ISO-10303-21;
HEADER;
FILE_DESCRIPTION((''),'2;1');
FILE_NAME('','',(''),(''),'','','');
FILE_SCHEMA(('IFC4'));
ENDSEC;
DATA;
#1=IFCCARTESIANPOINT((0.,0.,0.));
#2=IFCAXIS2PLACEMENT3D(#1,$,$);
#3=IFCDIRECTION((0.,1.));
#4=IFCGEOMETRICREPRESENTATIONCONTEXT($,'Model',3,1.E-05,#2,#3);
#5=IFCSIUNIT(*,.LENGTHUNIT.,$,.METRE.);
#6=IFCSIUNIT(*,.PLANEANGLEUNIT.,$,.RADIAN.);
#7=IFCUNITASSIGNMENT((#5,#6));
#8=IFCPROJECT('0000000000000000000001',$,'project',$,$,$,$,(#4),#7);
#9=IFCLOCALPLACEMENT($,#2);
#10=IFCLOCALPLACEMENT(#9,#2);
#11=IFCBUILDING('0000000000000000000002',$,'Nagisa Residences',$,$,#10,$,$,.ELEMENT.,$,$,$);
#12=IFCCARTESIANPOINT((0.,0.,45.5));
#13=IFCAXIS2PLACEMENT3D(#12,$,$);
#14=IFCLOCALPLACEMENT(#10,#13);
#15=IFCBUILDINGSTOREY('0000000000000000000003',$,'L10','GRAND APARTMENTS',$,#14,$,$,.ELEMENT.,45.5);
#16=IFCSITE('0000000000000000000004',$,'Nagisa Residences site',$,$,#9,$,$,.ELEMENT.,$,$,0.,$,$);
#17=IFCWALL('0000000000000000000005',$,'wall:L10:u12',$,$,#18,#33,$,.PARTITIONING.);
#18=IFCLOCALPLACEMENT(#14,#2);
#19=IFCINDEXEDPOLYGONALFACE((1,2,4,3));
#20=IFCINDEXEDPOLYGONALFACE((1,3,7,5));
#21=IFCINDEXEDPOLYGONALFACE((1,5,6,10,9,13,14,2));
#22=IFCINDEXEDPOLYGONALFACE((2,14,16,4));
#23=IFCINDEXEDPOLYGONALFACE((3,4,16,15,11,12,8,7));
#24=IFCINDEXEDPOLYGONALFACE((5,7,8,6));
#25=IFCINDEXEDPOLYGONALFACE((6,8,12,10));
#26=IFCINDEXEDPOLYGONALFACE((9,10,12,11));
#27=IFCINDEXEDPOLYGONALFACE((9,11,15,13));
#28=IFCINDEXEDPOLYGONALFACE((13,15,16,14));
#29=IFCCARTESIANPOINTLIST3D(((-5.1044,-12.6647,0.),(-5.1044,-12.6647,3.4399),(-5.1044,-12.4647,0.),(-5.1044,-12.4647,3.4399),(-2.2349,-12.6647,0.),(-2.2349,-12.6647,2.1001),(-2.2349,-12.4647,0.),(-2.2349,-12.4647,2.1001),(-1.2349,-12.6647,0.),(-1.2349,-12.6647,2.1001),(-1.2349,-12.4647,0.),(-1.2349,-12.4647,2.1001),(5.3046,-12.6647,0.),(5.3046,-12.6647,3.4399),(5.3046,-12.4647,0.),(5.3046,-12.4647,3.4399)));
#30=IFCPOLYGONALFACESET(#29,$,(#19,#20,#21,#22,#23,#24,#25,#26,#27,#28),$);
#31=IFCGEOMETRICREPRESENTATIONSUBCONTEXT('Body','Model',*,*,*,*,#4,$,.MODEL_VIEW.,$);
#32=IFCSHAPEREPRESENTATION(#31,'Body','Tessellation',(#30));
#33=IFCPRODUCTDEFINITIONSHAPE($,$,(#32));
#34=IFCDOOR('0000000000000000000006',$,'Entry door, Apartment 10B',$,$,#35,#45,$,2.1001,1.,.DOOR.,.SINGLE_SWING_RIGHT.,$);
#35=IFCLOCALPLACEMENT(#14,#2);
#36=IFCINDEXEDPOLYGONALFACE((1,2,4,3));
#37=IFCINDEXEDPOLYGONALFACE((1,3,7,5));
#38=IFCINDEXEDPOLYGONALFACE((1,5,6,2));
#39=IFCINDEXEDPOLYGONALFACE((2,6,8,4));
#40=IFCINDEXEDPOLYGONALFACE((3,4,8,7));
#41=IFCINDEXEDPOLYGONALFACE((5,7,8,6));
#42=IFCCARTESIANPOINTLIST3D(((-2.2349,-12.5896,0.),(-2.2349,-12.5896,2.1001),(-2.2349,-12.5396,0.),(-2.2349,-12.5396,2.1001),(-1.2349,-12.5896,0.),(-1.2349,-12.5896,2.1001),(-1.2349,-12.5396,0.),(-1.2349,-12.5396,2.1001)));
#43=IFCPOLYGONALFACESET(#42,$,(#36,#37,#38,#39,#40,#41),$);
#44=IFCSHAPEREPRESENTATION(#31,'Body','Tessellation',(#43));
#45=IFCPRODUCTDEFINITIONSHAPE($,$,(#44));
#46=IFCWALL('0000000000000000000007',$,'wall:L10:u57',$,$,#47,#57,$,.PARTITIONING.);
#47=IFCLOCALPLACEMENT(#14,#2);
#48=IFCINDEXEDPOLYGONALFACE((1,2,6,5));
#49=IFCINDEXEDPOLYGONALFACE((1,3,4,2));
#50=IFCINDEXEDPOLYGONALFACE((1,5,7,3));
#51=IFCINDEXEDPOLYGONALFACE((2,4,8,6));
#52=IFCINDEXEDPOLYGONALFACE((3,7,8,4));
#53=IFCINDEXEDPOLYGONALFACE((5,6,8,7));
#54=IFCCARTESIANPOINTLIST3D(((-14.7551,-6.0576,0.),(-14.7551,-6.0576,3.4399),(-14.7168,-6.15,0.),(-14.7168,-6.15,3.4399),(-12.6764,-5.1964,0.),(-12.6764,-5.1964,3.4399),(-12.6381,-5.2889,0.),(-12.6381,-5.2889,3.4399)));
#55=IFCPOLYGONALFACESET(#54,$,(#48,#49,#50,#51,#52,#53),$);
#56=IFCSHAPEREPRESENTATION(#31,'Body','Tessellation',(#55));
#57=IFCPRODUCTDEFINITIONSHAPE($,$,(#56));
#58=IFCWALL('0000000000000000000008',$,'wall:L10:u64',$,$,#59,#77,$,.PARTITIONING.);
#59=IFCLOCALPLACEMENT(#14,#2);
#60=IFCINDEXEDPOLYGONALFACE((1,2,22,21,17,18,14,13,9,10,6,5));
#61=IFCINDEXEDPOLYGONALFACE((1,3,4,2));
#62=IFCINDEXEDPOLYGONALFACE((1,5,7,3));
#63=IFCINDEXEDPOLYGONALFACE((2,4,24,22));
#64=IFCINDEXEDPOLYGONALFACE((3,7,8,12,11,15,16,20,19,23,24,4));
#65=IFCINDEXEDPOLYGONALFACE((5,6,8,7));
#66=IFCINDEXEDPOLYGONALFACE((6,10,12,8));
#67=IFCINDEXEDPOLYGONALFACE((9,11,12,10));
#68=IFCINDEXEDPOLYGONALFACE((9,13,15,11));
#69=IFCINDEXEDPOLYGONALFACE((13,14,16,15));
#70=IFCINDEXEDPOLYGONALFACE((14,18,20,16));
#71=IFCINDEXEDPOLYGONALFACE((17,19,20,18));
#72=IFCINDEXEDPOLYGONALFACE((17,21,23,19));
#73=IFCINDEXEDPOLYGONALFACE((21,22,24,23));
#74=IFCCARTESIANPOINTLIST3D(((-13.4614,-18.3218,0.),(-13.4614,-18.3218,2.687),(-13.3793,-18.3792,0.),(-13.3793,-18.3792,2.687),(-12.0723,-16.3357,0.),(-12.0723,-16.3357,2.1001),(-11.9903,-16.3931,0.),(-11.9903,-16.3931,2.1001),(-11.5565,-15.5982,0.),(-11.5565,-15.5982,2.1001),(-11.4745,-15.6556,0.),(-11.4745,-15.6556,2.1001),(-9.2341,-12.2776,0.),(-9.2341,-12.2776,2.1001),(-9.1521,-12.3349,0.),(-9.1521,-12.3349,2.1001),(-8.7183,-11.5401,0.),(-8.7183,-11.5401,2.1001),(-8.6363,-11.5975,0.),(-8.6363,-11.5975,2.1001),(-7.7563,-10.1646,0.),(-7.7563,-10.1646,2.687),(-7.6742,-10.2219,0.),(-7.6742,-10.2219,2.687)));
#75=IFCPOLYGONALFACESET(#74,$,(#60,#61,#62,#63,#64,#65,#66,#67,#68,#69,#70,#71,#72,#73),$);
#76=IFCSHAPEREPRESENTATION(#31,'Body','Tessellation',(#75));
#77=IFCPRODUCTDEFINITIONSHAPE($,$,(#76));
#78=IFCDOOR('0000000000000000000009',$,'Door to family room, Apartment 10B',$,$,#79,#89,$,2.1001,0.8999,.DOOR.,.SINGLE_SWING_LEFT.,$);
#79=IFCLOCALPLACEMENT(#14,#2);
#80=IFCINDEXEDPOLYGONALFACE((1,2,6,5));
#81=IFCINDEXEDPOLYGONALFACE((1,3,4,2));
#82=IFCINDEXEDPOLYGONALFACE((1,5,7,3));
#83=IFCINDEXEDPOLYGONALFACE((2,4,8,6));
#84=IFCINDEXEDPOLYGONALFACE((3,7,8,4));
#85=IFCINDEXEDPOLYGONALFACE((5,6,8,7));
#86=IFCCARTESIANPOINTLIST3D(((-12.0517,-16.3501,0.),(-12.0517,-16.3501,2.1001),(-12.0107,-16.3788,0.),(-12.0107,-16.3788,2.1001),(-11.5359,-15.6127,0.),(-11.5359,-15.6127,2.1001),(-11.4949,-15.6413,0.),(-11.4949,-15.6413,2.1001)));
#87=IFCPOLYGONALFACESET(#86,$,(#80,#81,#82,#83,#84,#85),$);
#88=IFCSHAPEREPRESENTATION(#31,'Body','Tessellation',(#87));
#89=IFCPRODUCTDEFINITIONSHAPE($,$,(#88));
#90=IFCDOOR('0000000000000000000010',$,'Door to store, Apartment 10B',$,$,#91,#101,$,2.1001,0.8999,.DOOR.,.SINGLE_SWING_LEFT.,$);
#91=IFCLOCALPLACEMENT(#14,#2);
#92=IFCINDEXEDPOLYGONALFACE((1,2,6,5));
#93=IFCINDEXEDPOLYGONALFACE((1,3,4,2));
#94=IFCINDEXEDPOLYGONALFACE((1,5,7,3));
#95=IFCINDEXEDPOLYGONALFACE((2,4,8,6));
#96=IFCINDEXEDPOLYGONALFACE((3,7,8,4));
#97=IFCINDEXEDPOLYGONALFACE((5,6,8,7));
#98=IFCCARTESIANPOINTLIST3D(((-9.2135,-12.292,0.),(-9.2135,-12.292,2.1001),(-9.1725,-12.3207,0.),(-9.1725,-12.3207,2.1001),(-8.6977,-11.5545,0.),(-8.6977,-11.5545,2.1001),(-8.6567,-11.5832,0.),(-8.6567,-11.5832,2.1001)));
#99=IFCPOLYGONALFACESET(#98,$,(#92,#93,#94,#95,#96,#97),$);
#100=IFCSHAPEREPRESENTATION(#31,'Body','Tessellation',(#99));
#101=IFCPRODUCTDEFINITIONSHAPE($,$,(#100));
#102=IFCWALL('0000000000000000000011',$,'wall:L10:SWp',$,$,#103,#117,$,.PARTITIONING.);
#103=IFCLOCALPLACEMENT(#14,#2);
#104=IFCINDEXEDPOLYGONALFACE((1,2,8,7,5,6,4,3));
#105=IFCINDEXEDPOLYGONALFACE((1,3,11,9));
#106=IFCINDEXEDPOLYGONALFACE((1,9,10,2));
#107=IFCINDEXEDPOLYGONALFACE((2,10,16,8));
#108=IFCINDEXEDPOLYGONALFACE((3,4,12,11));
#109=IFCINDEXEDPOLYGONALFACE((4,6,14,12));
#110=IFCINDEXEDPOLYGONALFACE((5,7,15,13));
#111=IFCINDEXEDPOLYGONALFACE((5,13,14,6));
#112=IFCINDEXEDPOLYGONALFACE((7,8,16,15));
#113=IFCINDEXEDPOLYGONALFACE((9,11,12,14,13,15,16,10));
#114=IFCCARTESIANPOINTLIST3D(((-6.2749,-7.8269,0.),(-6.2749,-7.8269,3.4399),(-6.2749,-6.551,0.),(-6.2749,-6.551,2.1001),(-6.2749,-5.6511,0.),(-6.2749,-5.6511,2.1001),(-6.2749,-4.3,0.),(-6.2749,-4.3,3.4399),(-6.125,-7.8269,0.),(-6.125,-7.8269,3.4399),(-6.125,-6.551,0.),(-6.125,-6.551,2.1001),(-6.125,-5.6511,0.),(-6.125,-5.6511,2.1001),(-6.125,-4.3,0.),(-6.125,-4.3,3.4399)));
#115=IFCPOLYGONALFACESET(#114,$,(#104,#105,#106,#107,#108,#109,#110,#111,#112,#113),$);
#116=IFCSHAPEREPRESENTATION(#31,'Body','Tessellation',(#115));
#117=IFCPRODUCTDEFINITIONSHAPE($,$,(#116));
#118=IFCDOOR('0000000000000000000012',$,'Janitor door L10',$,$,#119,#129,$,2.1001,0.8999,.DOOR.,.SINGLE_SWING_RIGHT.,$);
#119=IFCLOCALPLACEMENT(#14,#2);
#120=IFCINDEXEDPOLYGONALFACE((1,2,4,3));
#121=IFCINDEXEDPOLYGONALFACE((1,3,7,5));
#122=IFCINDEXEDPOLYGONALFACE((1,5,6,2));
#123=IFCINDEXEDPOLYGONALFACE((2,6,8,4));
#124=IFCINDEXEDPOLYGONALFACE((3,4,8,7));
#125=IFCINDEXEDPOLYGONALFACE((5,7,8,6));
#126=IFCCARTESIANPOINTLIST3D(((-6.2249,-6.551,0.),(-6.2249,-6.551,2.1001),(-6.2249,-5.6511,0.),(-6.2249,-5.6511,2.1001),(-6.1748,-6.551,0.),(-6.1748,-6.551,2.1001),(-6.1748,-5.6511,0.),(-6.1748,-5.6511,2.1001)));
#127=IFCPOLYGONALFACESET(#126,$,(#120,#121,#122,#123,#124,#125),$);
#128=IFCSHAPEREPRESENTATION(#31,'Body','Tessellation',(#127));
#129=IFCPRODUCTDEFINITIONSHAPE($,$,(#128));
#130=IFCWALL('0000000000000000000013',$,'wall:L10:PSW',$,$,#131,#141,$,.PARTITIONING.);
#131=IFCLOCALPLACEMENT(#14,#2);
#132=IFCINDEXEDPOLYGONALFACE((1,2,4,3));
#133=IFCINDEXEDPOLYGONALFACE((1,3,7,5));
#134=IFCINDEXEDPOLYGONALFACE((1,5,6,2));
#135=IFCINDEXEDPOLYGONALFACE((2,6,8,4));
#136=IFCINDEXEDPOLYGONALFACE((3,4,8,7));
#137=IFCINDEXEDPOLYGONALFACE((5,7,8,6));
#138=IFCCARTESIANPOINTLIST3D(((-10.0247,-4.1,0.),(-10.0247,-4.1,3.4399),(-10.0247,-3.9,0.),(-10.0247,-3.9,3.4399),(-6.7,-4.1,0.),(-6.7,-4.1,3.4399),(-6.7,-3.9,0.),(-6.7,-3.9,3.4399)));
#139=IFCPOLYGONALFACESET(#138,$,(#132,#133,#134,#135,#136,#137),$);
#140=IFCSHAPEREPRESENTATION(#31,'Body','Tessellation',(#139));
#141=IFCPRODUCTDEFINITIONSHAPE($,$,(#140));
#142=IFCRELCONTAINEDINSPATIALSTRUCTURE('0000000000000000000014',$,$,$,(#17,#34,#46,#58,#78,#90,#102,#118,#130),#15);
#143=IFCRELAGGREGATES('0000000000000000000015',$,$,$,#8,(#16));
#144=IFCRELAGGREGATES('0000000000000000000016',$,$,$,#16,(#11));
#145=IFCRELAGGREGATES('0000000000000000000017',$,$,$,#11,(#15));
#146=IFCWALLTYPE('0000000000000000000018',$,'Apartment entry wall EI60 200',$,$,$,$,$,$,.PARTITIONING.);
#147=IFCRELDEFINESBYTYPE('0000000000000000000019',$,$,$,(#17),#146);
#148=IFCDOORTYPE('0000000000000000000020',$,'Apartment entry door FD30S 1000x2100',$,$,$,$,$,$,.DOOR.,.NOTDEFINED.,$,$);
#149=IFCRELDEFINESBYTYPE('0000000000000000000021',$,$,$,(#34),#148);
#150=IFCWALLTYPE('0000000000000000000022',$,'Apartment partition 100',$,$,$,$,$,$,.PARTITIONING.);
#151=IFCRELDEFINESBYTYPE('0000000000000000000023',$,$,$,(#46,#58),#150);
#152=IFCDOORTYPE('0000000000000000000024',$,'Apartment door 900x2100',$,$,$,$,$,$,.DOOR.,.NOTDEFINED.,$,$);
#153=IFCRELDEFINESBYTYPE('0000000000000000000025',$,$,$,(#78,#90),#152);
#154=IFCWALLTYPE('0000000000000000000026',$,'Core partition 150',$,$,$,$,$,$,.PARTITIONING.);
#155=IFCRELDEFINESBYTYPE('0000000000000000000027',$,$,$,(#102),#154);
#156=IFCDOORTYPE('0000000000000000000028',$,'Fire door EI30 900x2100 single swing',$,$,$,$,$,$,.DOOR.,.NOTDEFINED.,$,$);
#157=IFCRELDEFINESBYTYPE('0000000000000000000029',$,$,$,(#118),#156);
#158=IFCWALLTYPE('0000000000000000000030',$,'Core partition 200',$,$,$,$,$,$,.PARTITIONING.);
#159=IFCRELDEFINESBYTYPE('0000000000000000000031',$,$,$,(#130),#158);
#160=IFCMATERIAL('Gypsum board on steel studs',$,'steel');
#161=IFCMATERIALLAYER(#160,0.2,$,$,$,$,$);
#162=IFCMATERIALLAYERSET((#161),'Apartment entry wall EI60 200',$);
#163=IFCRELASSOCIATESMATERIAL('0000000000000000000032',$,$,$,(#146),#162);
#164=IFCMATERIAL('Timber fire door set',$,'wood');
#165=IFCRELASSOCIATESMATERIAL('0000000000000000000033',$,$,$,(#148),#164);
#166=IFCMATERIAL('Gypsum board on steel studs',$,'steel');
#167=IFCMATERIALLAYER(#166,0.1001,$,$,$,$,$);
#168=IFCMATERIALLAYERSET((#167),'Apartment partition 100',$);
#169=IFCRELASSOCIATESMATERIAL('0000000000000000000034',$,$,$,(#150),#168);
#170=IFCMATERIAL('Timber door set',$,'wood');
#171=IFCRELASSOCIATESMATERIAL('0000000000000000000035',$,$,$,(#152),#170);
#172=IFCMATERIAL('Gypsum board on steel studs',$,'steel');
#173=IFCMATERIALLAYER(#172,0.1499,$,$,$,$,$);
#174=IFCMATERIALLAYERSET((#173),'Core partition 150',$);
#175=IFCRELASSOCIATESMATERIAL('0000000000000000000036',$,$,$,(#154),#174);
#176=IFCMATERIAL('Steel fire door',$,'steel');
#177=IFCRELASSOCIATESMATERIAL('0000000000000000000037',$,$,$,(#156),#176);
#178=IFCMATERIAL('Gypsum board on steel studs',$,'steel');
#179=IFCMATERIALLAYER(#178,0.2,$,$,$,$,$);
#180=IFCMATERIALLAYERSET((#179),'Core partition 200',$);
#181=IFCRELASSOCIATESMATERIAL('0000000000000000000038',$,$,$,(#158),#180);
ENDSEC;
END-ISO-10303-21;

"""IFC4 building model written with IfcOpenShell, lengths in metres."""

from ifc_helpers import new_model, si_unit, direction, frame, frame_2d, origin, place, context, subcontext, project, spatial, rectangle, extrude, material, layer, layer_set, type_object, element, fill, save


model = new_model("IFC4")

# Units and contexts
model_context = context("Model", 3, precision=1e-05, world=origin(), true_north=direction((0.0, 1.0)))
body_context = subcontext(model_context, "Body", "Model", "MODEL_VIEW")
ifc_project = project(units=[si_unit("LENGTHUNIT", "METRE"), si_unit("PLANEANGLEUNIT", "RADIAN")], contexts=[model_context])

# Site, building, storey
site_placement = place(None, origin())
site = spatial("IfcSite", under=ifc_project, at=site_placement, Name="Nagisa Residences site", CompositionType="ELEMENT", RefElevation=0.0)
building_placement = place(site_placement, origin())
building = spatial("IfcBuilding", under=site, at=building_placement, Name="Nagisa Residences", CompositionType="ELEMENT")
storey_placement = place(building_placement, frame((0.0, 0.0, 45.5)))
storey = spatial("IfcBuildingStorey", under=building, at=storey_placement, Name="L10", Description="GRAND APARTMENTS", CompositionType="ELEMENT", Elevation=45.5)

# Shared definitions
ifc_material_1 = material(Name="Gypsum board on steel studs", Category="steel")
ifc_layer_1 = layer(ifc_material_1, 0.2)
ifc_layer_set_1 = layer_set([ifc_layer_1], Name="Apartment entry wall EI60 200")
wall_type_1 = type_object("IfcWallType", Name="Apartment entry wall EI60 200", PredefinedType="PARTITIONING", material=ifc_layer_set_1)

# Wall, opening, door
wall_1_placement = place(storey_placement, frame((-5.1045, -12.5647, 0.0), z_axis=(0.0, 0.0, 1.0), x_axis=(1.0, 0.0, 0.0)))
wall_1 = element("IfcWall", 1, at=wall_1_placement, inside=storey, type_object=wall_type_1, Name="wall:L10:u12", PredefinedType="PARTITIONING", context=body_context, shape_type="SweptSolid", body=[
    extrude(rectangle(XDim=10.4089, YDim=0.2, at=frame_2d((5.2046, 0.0))), origin(), (0.0, 0.0, 1.0), 3.4399),
])
opening_1_placement = place(wall_1_placement, frame((2.8696, 0.0, 0.0)))
opening_1 = element("IfcOpeningElement", 2, at=opening_1_placement, cuts=wall_1, PredefinedType="OPENING", context=body_context, shape_type="SweptSolid", body=[
    extrude(rectangle(XDim=1.0, YDim=2.1001, at=frame_2d((0.5, 1.05))), frame((0.0, 0.1099, 0.0), z_axis=(0.0, -1.0, 0.0), x_axis=(1.0, 0.0, 0.0)), (0.0, 0.0, 1.0), 0.22),
])
ifc_material_2 = material(Name="Timber fire door set", Category="wood")
door_type_1 = type_object("IfcDoorType", Name="Apartment entry door FD30S 1000x2100", OperationType="NOTDEFINED", PredefinedType="DOOR", material=ifc_material_2)
door_1_placement = place(opening_1_placement, frame((1.0, 0.0, 0.0), x_axis=(-1.0, 0.0, 0.0)))
door_1 = element("IfcDoor", 3, at=door_1_placement, inside=storey, type_object=door_type_1, Name="Entry door, Apartment 10B", OperationType="SINGLE_SWING_RIGHT", OverallHeight=2.1001, OverallWidth=1.0, PredefinedType="DOOR", context=body_context, shape_type="SweptSolid", body=[
    extrude(rectangle(XDim=1.0, YDim=2.1001, at=frame_2d((0.5, 1.05))), frame((0.0, 0.0249, 0.0), z_axis=(0.0, -1.0, 0.0), x_axis=(1.0, 0.0, 0.0)), (0.0, 0.0, 1.0), 0.05),
])
fill(opening_1, door_1)

# Wall
ifc_material_3 = material(Name="Gypsum board on steel studs", Category="steel")
ifc_layer_2 = layer(ifc_material_3, 0.1001)
ifc_layer_set_2 = layer_set([ifc_layer_2], Name="Apartment partition 100")
wall_type_2 = type_object("IfcWallType", Name="Apartment partition 100", PredefinedType="PARTITIONING", material=ifc_layer_set_2)
wall_2_placement = place(storey_placement, frame((-12.6572, -5.2427, 0.0), z_axis=(0.0, 0.0, 1.0), x_axis=(-0.923865, -0.382719, 0.0)))
element("IfcWall", 4, at=wall_2_placement, inside=storey, type_object=wall_type_2, Name="wall:L10:u57", PredefinedType="PARTITIONING", context=body_context, shape_type="SweptSolid", body=[
    extrude(rectangle(XDim=2.25, YDim=0.1001, at=frame_2d((1.125, 0.0))), origin(), (0.0, 0.0, 1.0), 3.4399),
])

# Wall, openings, doors
wall_3_placement = place(storey_placement, frame((-7.7153, -10.1934, 0.0), z_axis=(0.0, 0.0, 1.0), x_axis=(-0.573127, -0.819467, 0.0)))
wall_3 = element("IfcWall", 5, at=wall_3_placement, inside=storey, type_object=wall_type_2, Name="wall:L10:u64", PredefinedType="PARTITIONING", context=body_context, shape_type="SweptSolid", body=[
    extrude(rectangle(XDim=9.9543, YDim=0.1001, at=frame_2d((4.9771, 0.0))), origin(), (0.0, 0.0, 1.0), 2.687),
])
opening_2_placement = place(wall_3_placement, frame((6.6306, 0.0, 0.0)))
opening_2 = element("IfcOpeningElement", 6, at=opening_2_placement, cuts=wall_3, PredefinedType="OPENING", context=body_context, shape_type="SweptSolid", body=[
    extrude(rectangle(XDim=0.8999, YDim=2.1001, at=frame_2d((0.45, 1.05))), frame((0.0, 0.0601, 0.0), z_axis=(0.0, -1.0, 0.0), x_axis=(1.0, 0.0, 0.0)), (0.0, 0.0, 1.0), 0.1201),
])
opening_3_placement = place(wall_3_placement, frame((1.6785, 0.0, 0.0)))
opening_3 = element("IfcOpeningElement", 7, at=opening_3_placement, cuts=wall_3, PredefinedType="OPENING", context=body_context, shape_type="SweptSolid", body=[
    extrude(rectangle(XDim=0.8999, YDim=2.1001, at=frame_2d((0.45, 1.05))), frame((0.0, 0.0601, 0.0), z_axis=(0.0, -1.0, 0.0), x_axis=(1.0, 0.0, 0.0)), (0.0, 0.0, 1.0), 0.1201),
])
ifc_material_4 = material(Name="Timber door set", Category="wood")
door_type_2 = type_object("IfcDoorType", Name="Apartment door 900x2100", OperationType="NOTDEFINED", PredefinedType="DOOR", material=ifc_material_4)
door_2_placement = place(opening_2_placement, frame((0.8999, 0.0, 0.0), x_axis=(-1.0, 0.0, 0.0)))
door_2 = element("IfcDoor", 8, at=door_2_placement, inside=storey, type_object=door_type_2, Name="Door to family room, Apartment 10B", OperationType="SINGLE_SWING_LEFT", OverallHeight=2.1001, OverallWidth=0.8999, PredefinedType="DOOR", context=body_context, shape_type="SweptSolid", body=[
    extrude(rectangle(XDim=0.8999, YDim=2.1001, at=frame_2d((0.45, 1.05))), frame((0.0, 0.0249, 0.0), z_axis=(0.0, -1.0, 0.0), x_axis=(1.0, 0.0, 0.0)), (0.0, 0.0, 1.0), 0.05),
])
fill(opening_2, door_2)
door_3_placement = place(opening_3_placement, frame((0.8999, 0.0, 0.0), x_axis=(-1.0, 0.0, 0.0)))
door_3 = element("IfcDoor", 9, at=door_3_placement, inside=storey, type_object=door_type_2, Name="Door to store, Apartment 10B", OperationType="SINGLE_SWING_LEFT", OverallHeight=2.1001, OverallWidth=0.8999, PredefinedType="DOOR", context=body_context, shape_type="SweptSolid", body=[
    extrude(rectangle(XDim=0.8999, YDim=2.1001, at=frame_2d((0.45, 1.05))), frame((0.0, 0.0249, 0.0), z_axis=(0.0, -1.0, 0.0), x_axis=(1.0, 0.0, 0.0)), (0.0, 0.0, 1.0), 0.05),
])
fill(opening_3, door_3)

# Wall, opening, door
ifc_material_5 = material(Name="Gypsum board on steel studs", Category="steel")
ifc_layer_3 = layer(ifc_material_5, 0.1499)
ifc_layer_set_3 = layer_set([ifc_layer_3], Name="Core partition 150")
wall_type_3 = type_object("IfcWallType", Name="Core partition 150", PredefinedType="PARTITIONING", material=ifc_layer_set_3)
wall_4_placement = place(storey_placement, frame((-6.2, -7.8269, 0.0), z_axis=(0.0, 0.0, 1.0), x_axis=(0.0, 1.0, 0.0)))
wall_4 = element("IfcWall", 10, at=wall_4_placement, inside=storey, type_object=wall_type_3, Name="wall:L10:SWp", PredefinedType="PARTITIONING", context=body_context, shape_type="SweptSolid", body=[
    extrude(rectangle(XDim=3.5269, YDim=0.1499, at=frame_2d((1.7634, 0.0))), origin(), (0.0, 0.0, 1.0), 3.4399),
])
opening_4_placement = place(wall_4_placement, frame((1.2759, 0.0, 0.0)))
opening_4 = element("IfcOpeningElement", 11, at=opening_4_placement, cuts=wall_4, PredefinedType="OPENING", context=body_context, shape_type="SweptSolid", body=[
    extrude(rectangle(XDim=0.8999, YDim=2.1001, at=frame_2d((0.45, 1.05))), frame((0.0, 0.085, 0.0), z_axis=(0.0, -1.0, 0.0), x_axis=(1.0, 0.0, 0.0)), (0.0, 0.0, 1.0), 0.1699),
])
ifc_material_6 = material(Name="Steel fire door", Category="steel")
door_type_3 = type_object("IfcDoorType", Name="Fire door EI30 900x2100 single swing", OperationType="NOTDEFINED", PredefinedType="DOOR", material=ifc_material_6)
door_4_placement = place(opening_4_placement, origin())
door_4 = element("IfcDoor", 12, at=door_4_placement, inside=storey, type_object=door_type_3, Name="Janitor door L10", OperationType="SINGLE_SWING_RIGHT", OverallHeight=2.1001, OverallWidth=0.8999, PredefinedType="DOOR", context=body_context, shape_type="SweptSolid", body=[
    extrude(rectangle(XDim=0.8999, YDim=2.1001, at=frame_2d((0.45, 1.05))), frame((0.0, 0.0249, 0.0), z_axis=(0.0, -1.0, 0.0), x_axis=(1.0, 0.0, 0.0)), (0.0, 0.0, 1.0), 0.05),
])
fill(opening_4, door_4)

# Wall
ifc_material_7 = material(Name="Gypsum board on steel studs", Category="steel")
ifc_layer_4 = layer(ifc_material_7, 0.2)
ifc_layer_set_4 = layer_set([ifc_layer_4], Name="Core partition 200")
wall_type_4 = type_object("IfcWallType", Name="Core partition 200", PredefinedType="PARTITIONING", material=ifc_layer_set_4)
wall_5_placement = place(storey_placement, frame((-10.0247, -4.0, 0.0), z_axis=(0.0, 0.0, 1.0), x_axis=(1.0, 0.0, 0.0)))
element("IfcWall", 13, at=wall_5_placement, inside=storey, type_object=wall_type_4, Name="wall:L10:PSW", PredefinedType="PARTITIONING", context=body_context, shape_type="SweptSolid", body=[
    extrude(rectangle(XDim=3.3247, YDim=0.2, at=frame_2d((1.6624, 0.0))), origin(), (0.0, 0.0, 1.0), 3.4399),
])

save(model, "model.ifc")
